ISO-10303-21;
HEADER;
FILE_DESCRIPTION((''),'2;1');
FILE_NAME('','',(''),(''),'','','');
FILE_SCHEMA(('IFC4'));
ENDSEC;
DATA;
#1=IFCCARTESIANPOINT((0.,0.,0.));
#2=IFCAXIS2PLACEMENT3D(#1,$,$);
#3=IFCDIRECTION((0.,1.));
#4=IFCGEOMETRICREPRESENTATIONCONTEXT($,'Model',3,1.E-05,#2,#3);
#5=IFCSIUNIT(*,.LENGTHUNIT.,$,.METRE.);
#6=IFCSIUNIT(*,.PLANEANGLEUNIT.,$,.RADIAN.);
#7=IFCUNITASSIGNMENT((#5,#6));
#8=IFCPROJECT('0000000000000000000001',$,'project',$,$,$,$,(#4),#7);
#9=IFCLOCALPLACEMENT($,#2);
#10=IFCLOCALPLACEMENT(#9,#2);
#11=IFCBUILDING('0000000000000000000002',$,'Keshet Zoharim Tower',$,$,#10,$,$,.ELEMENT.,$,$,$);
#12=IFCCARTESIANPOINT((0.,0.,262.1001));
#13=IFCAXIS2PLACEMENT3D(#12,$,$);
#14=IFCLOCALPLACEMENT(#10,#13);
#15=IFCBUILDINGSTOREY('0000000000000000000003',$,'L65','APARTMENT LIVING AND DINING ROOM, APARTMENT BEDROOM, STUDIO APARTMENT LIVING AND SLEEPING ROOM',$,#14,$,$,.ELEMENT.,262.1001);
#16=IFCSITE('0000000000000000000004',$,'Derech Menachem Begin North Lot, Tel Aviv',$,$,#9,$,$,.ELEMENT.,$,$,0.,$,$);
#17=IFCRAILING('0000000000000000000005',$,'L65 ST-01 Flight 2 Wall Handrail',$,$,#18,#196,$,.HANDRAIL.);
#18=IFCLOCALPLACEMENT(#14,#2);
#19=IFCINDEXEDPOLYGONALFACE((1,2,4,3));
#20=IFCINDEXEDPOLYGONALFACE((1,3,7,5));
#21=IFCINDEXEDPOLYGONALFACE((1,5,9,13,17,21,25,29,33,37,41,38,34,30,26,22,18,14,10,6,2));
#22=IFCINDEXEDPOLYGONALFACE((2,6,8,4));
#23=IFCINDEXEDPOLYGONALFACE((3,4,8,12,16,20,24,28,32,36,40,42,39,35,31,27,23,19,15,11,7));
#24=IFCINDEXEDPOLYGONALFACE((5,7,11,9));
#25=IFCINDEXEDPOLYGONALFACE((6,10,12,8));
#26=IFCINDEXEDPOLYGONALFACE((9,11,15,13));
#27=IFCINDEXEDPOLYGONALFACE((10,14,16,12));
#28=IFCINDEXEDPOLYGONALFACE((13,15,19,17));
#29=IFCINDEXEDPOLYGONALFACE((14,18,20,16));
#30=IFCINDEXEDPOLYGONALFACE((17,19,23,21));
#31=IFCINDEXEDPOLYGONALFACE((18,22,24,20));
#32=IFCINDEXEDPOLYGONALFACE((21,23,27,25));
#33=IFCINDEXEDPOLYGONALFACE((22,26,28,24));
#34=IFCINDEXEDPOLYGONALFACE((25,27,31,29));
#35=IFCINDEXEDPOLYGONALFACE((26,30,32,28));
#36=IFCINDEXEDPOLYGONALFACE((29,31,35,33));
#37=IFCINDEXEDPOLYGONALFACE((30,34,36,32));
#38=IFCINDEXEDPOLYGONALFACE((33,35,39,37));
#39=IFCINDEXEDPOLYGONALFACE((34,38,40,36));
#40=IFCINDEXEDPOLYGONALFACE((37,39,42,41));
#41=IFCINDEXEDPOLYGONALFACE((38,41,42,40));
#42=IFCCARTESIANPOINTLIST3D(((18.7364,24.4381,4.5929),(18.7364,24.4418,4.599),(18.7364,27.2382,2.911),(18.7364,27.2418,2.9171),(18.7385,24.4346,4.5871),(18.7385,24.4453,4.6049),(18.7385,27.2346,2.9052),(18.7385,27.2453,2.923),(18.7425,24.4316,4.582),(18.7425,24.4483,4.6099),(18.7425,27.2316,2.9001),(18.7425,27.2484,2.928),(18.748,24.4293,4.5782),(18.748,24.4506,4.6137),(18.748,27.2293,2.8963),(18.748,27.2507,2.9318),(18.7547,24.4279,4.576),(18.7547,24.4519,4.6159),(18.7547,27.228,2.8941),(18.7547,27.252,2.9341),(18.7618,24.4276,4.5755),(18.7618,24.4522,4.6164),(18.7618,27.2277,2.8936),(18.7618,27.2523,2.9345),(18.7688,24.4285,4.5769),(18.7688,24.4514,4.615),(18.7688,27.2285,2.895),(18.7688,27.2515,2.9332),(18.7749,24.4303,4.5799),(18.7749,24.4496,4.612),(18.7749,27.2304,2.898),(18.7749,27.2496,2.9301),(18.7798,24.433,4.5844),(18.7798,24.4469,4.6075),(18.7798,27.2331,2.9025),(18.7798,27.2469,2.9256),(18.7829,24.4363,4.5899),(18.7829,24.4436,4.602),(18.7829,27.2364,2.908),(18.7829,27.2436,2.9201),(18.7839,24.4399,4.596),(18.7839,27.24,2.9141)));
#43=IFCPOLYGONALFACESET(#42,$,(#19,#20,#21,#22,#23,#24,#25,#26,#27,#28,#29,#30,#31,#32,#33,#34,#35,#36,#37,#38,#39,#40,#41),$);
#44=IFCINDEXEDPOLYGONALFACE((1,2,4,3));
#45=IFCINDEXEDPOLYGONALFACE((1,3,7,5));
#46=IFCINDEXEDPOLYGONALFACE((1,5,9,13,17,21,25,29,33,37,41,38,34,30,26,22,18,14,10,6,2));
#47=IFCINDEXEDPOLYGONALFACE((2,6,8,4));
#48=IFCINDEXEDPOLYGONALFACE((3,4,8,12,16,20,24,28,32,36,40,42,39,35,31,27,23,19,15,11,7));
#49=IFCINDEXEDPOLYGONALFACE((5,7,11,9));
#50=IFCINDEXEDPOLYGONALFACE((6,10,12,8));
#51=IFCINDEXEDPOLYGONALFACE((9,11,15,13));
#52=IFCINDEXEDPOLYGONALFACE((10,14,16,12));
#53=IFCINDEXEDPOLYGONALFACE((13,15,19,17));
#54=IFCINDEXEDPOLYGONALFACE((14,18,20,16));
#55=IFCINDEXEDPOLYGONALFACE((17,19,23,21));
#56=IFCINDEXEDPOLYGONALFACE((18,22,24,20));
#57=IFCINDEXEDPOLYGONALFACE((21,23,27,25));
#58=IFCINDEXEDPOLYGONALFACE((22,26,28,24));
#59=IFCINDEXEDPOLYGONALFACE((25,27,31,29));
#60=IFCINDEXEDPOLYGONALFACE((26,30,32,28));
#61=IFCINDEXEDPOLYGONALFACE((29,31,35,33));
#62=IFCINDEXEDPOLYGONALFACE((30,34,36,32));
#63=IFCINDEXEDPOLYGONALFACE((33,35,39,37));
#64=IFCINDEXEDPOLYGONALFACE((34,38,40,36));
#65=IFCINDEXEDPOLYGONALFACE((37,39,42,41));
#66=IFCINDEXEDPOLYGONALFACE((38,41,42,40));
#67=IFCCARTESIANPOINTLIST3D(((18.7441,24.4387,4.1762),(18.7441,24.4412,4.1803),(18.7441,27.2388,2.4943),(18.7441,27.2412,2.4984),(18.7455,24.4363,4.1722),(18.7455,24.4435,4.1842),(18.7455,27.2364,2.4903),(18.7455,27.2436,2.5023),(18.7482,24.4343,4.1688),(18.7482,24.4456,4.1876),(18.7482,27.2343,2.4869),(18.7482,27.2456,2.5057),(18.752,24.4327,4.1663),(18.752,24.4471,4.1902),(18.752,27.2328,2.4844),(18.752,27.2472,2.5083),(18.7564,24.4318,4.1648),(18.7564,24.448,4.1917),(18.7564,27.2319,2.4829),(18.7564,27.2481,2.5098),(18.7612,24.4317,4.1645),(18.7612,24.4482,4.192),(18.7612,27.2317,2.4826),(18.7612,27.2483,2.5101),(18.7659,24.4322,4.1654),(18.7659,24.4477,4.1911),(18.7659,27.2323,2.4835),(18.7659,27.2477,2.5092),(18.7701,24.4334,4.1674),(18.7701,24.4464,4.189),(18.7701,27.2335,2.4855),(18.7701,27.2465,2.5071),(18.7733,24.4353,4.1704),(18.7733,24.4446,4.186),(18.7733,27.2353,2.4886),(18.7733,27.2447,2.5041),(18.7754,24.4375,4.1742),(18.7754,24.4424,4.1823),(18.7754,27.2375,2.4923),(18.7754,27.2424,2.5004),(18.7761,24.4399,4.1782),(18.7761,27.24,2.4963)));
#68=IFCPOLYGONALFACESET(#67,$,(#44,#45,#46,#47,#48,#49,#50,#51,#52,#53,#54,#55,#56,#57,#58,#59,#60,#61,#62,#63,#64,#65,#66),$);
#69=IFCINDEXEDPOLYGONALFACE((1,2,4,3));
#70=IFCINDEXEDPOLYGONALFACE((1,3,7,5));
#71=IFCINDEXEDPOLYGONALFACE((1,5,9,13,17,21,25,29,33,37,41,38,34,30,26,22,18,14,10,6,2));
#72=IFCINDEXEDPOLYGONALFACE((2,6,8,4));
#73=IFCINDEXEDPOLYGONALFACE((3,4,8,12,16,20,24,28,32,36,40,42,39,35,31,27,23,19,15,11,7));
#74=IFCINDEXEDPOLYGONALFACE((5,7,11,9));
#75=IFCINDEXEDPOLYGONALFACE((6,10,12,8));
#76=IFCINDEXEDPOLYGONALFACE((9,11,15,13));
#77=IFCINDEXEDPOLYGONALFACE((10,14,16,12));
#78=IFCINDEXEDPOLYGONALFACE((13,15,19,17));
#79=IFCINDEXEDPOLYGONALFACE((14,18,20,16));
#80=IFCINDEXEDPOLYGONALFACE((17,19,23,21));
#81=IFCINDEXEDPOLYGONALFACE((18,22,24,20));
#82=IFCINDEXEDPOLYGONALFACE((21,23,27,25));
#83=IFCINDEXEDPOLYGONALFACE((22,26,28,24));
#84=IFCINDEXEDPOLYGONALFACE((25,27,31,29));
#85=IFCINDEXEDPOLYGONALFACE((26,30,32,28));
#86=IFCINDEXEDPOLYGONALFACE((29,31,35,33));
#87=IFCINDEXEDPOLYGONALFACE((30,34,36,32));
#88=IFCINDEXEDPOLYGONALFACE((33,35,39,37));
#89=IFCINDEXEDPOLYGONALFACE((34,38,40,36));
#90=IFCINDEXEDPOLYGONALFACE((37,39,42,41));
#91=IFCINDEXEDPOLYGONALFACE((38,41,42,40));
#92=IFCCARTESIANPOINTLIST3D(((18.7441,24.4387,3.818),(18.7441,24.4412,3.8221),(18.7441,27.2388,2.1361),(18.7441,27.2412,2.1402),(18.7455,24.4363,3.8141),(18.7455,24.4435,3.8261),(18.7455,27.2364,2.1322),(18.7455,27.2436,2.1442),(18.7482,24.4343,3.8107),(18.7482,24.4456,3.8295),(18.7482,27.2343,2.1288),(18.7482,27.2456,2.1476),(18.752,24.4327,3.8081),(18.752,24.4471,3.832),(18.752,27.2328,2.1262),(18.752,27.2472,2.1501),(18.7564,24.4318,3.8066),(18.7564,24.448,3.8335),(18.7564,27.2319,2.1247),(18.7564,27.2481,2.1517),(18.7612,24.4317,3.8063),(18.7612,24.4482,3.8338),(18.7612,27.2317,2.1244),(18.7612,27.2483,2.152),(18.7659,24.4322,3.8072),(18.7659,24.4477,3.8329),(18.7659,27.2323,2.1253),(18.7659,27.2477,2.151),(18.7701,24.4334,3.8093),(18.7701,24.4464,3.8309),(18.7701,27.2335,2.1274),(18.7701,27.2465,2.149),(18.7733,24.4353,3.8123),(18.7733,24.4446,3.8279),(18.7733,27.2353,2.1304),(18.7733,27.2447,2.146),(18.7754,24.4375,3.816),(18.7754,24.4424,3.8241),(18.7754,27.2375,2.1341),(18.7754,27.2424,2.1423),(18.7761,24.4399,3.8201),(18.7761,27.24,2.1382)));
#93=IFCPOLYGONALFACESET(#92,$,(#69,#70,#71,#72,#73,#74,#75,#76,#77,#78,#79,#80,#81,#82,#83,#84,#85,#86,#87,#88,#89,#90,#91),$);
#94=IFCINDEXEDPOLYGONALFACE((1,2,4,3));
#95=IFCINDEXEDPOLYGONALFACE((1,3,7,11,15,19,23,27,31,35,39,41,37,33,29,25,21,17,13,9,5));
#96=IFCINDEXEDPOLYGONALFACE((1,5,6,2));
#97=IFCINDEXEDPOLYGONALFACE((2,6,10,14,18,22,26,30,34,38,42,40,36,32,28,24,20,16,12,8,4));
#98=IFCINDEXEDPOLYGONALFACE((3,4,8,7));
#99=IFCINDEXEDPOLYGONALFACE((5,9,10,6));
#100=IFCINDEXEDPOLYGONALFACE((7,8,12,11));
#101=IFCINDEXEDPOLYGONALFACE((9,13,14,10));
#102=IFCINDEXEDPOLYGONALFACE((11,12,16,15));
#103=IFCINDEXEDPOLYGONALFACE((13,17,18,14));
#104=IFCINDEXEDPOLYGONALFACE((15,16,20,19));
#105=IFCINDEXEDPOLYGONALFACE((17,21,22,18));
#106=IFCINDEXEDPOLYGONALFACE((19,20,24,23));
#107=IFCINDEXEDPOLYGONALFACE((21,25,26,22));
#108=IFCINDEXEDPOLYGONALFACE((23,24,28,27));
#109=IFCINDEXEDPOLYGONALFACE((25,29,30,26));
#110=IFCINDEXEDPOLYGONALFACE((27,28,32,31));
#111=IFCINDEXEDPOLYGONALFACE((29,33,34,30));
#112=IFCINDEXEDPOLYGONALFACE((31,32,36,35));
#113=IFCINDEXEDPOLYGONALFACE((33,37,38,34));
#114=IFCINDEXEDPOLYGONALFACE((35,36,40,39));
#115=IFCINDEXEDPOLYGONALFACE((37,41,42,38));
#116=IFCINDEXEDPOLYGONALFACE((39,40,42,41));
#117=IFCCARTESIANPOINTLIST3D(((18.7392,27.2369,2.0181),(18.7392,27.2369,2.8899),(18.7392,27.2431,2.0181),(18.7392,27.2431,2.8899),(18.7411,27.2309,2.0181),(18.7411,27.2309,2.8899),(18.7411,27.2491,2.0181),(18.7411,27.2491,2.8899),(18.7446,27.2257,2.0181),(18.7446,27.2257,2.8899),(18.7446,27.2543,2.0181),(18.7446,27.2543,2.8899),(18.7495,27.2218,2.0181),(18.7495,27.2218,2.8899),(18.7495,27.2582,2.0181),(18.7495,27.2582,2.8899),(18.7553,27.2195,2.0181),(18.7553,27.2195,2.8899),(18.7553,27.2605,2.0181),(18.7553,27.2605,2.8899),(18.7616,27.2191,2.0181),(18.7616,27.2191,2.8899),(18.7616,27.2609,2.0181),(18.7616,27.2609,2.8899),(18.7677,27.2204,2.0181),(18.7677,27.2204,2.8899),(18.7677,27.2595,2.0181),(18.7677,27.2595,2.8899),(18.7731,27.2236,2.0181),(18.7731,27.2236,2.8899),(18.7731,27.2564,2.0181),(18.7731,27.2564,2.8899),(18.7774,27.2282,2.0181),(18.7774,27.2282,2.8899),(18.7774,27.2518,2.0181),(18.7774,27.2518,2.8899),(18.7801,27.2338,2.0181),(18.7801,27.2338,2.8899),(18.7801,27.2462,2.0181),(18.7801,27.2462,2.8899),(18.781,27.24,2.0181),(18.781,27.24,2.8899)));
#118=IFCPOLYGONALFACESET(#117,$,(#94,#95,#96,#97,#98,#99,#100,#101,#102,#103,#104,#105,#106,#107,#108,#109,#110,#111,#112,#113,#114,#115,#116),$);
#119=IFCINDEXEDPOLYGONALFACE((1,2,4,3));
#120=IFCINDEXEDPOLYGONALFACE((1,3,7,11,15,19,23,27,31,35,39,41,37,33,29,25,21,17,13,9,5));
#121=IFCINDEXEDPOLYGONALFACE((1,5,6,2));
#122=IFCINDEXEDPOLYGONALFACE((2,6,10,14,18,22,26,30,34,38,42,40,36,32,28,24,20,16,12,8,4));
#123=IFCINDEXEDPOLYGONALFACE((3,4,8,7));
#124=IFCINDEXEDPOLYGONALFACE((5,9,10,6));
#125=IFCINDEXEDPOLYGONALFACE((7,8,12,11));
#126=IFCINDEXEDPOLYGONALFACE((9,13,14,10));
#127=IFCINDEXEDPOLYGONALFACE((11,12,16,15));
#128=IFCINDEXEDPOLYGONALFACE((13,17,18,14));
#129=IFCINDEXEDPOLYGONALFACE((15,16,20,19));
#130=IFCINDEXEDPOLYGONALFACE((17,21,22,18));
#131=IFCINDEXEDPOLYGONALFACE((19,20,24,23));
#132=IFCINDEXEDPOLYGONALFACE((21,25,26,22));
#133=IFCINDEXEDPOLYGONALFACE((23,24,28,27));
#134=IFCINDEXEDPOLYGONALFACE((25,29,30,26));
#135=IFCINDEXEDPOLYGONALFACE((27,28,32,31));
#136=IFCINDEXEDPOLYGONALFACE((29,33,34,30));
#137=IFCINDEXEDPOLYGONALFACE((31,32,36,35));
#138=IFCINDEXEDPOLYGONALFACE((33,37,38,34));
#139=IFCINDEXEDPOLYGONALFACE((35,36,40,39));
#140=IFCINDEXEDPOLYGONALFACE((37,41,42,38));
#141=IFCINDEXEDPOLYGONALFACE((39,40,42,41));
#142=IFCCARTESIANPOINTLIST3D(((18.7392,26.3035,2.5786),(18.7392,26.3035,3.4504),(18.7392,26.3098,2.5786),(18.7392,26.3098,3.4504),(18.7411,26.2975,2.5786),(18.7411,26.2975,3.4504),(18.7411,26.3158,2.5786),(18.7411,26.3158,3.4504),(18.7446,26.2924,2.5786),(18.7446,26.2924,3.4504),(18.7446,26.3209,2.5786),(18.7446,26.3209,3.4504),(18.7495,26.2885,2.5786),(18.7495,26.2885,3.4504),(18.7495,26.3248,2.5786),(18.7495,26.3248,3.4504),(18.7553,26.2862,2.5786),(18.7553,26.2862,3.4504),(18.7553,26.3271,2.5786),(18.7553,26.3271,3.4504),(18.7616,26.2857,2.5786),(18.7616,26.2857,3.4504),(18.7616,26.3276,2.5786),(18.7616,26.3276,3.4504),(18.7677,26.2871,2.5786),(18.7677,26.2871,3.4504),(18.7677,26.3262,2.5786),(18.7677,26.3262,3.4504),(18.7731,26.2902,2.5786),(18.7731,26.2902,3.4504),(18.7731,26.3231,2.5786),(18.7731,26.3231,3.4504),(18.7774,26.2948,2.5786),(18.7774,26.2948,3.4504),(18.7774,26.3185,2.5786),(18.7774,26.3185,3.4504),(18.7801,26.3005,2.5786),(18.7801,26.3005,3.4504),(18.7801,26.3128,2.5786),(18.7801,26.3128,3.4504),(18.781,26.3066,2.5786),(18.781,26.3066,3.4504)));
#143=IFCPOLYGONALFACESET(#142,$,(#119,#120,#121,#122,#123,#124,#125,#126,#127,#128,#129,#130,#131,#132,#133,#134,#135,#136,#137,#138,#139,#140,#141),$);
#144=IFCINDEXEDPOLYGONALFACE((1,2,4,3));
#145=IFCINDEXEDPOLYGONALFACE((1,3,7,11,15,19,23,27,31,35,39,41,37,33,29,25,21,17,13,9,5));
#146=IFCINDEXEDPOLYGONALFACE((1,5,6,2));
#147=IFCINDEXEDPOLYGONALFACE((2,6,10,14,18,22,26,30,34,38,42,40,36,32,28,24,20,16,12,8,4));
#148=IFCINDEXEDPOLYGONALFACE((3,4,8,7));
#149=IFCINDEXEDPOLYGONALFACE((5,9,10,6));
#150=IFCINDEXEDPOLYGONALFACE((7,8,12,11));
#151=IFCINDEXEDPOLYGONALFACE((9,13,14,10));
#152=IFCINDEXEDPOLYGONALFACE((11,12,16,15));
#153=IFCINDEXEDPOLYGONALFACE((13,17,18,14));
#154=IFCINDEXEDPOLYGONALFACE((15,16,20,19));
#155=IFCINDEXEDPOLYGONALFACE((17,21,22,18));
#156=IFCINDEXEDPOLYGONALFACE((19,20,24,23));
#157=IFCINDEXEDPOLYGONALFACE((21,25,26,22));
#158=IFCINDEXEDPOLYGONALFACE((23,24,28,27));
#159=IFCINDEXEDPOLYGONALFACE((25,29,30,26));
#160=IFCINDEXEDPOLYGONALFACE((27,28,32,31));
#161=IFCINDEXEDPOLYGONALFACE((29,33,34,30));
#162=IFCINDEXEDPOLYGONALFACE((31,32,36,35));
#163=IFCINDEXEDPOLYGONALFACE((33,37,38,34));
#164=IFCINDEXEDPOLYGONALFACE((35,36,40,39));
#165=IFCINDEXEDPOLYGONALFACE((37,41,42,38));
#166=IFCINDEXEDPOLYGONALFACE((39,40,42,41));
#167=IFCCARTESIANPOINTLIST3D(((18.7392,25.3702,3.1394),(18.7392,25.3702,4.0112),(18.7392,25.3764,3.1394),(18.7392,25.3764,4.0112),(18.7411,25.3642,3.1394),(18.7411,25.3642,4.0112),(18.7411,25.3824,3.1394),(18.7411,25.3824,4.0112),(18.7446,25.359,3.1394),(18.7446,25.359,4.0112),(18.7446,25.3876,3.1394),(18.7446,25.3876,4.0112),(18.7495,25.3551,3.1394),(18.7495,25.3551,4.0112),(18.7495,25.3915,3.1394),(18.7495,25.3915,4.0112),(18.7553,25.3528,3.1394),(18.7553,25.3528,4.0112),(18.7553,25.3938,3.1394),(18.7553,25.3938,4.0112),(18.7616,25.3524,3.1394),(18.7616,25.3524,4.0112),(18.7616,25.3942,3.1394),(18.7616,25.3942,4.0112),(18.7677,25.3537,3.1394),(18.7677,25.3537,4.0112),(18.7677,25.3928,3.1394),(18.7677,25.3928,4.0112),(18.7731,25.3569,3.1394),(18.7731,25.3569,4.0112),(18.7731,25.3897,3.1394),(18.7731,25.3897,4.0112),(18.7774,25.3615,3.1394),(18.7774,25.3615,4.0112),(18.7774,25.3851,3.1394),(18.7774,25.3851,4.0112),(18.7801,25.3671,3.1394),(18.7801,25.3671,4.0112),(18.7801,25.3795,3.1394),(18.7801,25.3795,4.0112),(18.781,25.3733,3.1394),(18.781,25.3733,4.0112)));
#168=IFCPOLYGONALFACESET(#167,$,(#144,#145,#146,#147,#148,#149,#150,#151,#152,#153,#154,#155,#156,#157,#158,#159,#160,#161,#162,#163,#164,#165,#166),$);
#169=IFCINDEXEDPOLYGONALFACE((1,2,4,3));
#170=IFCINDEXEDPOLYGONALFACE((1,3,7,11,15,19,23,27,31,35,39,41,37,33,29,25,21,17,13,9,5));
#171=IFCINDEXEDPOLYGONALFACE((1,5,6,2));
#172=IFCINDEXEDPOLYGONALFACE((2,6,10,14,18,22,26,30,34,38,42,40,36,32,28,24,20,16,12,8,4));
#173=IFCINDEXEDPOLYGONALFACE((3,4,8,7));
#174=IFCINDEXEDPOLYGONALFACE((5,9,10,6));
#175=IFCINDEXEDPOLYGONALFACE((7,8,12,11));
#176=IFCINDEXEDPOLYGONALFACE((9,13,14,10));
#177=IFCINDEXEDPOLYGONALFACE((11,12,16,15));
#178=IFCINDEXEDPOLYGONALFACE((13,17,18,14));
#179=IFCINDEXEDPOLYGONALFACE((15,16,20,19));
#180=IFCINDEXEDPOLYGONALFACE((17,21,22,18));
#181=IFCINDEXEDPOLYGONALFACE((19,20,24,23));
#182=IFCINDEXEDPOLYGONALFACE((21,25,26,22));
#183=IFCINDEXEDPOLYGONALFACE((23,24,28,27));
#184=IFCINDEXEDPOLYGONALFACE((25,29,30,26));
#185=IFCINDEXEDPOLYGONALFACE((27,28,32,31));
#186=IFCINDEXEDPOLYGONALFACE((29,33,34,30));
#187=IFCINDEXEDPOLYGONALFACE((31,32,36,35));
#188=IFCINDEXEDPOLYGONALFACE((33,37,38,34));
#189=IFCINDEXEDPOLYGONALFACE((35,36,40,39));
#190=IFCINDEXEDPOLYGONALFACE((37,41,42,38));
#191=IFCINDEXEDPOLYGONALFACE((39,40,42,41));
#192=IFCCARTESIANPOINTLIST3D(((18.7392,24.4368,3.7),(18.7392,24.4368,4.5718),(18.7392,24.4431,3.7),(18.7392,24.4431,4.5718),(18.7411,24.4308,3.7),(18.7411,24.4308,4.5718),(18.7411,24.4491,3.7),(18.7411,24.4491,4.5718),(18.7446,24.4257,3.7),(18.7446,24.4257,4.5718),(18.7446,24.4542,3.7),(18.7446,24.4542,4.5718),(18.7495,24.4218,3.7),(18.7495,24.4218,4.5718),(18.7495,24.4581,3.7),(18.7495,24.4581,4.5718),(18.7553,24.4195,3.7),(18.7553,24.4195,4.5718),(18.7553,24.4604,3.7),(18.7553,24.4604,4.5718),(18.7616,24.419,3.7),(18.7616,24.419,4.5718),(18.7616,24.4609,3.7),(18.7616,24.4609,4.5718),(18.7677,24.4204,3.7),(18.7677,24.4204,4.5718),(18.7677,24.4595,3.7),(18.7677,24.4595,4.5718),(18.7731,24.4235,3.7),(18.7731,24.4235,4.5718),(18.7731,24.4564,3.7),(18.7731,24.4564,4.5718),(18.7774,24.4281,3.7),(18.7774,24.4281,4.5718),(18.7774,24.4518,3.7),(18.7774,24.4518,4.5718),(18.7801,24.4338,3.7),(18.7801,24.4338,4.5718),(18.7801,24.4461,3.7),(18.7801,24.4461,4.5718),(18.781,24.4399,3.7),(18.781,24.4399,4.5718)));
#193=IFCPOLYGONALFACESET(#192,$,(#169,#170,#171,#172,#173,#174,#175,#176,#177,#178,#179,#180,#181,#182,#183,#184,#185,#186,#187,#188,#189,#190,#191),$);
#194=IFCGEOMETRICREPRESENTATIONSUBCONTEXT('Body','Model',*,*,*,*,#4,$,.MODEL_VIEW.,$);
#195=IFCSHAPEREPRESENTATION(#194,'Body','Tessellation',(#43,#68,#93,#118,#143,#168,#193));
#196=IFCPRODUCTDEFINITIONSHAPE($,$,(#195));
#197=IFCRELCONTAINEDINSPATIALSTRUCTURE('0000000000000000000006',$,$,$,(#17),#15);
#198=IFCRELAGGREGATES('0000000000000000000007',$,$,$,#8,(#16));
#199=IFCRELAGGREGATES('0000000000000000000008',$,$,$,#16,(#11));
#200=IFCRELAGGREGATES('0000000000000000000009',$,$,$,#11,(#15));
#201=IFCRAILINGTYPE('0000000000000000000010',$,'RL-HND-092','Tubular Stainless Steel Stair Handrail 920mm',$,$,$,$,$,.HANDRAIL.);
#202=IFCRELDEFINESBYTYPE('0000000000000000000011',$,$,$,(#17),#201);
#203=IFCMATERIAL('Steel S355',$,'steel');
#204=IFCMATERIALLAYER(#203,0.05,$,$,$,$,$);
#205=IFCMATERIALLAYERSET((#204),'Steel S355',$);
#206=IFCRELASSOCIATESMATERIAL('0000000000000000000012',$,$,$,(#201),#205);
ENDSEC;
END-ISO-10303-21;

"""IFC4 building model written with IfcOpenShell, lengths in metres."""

from ifc_helpers import new_model, si_unit, direction, frame, origin, origin_2d, place, context, subcontext, project, spatial, circle, extrude, material, layer, layer_set, type_object, element, save


model = new_model("IFC4")

# Units and contexts
model_context = context("Model", 3, precision=1e-05, world=origin(), true_north=direction((0.0, 1.0)))
body_context = subcontext(model_context, "Body", "Model", "MODEL_VIEW")
ifc_project = project(units=[si_unit("LENGTHUNIT", "METRE"), si_unit("PLANEANGLEUNIT", "RADIAN")], contexts=[model_context])

# Site, building, storey
site_placement = place(None, origin())
site = spatial("IfcSite", under=ifc_project, at=site_placement, Name="Derech Menachem Begin North Lot, Tel Aviv", CompositionType="ELEMENT", RefElevation=0.0)
building_placement = place(site_placement, origin())
building = spatial("IfcBuilding", under=site, at=building_placement, Name="Keshet Zoharim Tower", CompositionType="ELEMENT")
storey_placement = place(building_placement, frame((0.0, 0.0, 262.1001)))
storey = spatial("IfcBuildingStorey", under=building, at=storey_placement, Name="L65", Description="APARTMENT LIVING AND DINING ROOM, APARTMENT BEDROOM, STUDIO APARTMENT LIVING AND SLEEPING ROOM", CompositionType="ELEMENT", Elevation=262.1001)

# Shared definitions
ifc_material_1 = material(Name="Steel S355", Category="steel")

# Railing
ifc_layer_1 = layer(ifc_material_1, 0.05)
ifc_layer_set_1 = layer_set([ifc_layer_1], Name="Steel S355")
railing_type_1 = type_object("IfcRailingType", Name="RL-HND-092", Description="Tubular Stainless Steel Stair Handrail 920mm", PredefinedType="HANDRAIL", material=ifc_layer_set_1)
railing_1_placement = place(storey_placement, frame((18.76, 27.24, 2.0181)))
element("IfcRailing", 1, at=railing_1_placement, inside=storey, type_object=railing_type_1, Name="L65 ST-01 Flight 2 Wall Handrail", PredefinedType="HANDRAIL", context=body_context, shape_type="SweptSolid", body=[
    extrude(circle(Radius=0.0239, at=origin_2d()), frame((0.0, 0.0, 0.896), z_axis=(0.0, -0.857242, 0.514913), x_axis=(1.0, 0.0, 0.0)), (0.0, 0.0, 1.0), 3.2664),
    extrude(circle(Radius=0.0161, at=origin_2d()), frame((0.0, 0.0, 0.4783), z_axis=(0.0, -0.857242, 0.514913), x_axis=(1.0, 0.0, 0.0)), (0.0, 0.0, 1.0), 3.2664),
    extrude(circle(Radius=0.0161, at=origin_2d()), frame((0.0, 0.0, 0.1201), z_axis=(0.0, -0.857242, 0.514913), x_axis=(1.0, 0.0, 0.0)), (0.0, 0.0, 1.0), 3.2664),
    extrude(circle(Radius=0.021, at=origin_2d()), origin(), (0.0, 0.0, 1.0), 0.8718),
    extrude(circle(Radius=0.021, at=origin_2d()), frame((0.0, -0.9333, 0.5605)), (0.0, 0.0, 1.0), 0.8718),
    extrude(circle(Radius=0.021, at=origin_2d()), frame((0.0, -1.8667, 1.1213)), (0.0, 0.0, 1.0), 0.8718),
    extrude(circle(Radius=0.021, at=origin_2d()), frame((0.0, -2.8, 1.6819)), (0.0, 0.0, 1.0), 0.8718),
])

save(model, "model.ifc")
